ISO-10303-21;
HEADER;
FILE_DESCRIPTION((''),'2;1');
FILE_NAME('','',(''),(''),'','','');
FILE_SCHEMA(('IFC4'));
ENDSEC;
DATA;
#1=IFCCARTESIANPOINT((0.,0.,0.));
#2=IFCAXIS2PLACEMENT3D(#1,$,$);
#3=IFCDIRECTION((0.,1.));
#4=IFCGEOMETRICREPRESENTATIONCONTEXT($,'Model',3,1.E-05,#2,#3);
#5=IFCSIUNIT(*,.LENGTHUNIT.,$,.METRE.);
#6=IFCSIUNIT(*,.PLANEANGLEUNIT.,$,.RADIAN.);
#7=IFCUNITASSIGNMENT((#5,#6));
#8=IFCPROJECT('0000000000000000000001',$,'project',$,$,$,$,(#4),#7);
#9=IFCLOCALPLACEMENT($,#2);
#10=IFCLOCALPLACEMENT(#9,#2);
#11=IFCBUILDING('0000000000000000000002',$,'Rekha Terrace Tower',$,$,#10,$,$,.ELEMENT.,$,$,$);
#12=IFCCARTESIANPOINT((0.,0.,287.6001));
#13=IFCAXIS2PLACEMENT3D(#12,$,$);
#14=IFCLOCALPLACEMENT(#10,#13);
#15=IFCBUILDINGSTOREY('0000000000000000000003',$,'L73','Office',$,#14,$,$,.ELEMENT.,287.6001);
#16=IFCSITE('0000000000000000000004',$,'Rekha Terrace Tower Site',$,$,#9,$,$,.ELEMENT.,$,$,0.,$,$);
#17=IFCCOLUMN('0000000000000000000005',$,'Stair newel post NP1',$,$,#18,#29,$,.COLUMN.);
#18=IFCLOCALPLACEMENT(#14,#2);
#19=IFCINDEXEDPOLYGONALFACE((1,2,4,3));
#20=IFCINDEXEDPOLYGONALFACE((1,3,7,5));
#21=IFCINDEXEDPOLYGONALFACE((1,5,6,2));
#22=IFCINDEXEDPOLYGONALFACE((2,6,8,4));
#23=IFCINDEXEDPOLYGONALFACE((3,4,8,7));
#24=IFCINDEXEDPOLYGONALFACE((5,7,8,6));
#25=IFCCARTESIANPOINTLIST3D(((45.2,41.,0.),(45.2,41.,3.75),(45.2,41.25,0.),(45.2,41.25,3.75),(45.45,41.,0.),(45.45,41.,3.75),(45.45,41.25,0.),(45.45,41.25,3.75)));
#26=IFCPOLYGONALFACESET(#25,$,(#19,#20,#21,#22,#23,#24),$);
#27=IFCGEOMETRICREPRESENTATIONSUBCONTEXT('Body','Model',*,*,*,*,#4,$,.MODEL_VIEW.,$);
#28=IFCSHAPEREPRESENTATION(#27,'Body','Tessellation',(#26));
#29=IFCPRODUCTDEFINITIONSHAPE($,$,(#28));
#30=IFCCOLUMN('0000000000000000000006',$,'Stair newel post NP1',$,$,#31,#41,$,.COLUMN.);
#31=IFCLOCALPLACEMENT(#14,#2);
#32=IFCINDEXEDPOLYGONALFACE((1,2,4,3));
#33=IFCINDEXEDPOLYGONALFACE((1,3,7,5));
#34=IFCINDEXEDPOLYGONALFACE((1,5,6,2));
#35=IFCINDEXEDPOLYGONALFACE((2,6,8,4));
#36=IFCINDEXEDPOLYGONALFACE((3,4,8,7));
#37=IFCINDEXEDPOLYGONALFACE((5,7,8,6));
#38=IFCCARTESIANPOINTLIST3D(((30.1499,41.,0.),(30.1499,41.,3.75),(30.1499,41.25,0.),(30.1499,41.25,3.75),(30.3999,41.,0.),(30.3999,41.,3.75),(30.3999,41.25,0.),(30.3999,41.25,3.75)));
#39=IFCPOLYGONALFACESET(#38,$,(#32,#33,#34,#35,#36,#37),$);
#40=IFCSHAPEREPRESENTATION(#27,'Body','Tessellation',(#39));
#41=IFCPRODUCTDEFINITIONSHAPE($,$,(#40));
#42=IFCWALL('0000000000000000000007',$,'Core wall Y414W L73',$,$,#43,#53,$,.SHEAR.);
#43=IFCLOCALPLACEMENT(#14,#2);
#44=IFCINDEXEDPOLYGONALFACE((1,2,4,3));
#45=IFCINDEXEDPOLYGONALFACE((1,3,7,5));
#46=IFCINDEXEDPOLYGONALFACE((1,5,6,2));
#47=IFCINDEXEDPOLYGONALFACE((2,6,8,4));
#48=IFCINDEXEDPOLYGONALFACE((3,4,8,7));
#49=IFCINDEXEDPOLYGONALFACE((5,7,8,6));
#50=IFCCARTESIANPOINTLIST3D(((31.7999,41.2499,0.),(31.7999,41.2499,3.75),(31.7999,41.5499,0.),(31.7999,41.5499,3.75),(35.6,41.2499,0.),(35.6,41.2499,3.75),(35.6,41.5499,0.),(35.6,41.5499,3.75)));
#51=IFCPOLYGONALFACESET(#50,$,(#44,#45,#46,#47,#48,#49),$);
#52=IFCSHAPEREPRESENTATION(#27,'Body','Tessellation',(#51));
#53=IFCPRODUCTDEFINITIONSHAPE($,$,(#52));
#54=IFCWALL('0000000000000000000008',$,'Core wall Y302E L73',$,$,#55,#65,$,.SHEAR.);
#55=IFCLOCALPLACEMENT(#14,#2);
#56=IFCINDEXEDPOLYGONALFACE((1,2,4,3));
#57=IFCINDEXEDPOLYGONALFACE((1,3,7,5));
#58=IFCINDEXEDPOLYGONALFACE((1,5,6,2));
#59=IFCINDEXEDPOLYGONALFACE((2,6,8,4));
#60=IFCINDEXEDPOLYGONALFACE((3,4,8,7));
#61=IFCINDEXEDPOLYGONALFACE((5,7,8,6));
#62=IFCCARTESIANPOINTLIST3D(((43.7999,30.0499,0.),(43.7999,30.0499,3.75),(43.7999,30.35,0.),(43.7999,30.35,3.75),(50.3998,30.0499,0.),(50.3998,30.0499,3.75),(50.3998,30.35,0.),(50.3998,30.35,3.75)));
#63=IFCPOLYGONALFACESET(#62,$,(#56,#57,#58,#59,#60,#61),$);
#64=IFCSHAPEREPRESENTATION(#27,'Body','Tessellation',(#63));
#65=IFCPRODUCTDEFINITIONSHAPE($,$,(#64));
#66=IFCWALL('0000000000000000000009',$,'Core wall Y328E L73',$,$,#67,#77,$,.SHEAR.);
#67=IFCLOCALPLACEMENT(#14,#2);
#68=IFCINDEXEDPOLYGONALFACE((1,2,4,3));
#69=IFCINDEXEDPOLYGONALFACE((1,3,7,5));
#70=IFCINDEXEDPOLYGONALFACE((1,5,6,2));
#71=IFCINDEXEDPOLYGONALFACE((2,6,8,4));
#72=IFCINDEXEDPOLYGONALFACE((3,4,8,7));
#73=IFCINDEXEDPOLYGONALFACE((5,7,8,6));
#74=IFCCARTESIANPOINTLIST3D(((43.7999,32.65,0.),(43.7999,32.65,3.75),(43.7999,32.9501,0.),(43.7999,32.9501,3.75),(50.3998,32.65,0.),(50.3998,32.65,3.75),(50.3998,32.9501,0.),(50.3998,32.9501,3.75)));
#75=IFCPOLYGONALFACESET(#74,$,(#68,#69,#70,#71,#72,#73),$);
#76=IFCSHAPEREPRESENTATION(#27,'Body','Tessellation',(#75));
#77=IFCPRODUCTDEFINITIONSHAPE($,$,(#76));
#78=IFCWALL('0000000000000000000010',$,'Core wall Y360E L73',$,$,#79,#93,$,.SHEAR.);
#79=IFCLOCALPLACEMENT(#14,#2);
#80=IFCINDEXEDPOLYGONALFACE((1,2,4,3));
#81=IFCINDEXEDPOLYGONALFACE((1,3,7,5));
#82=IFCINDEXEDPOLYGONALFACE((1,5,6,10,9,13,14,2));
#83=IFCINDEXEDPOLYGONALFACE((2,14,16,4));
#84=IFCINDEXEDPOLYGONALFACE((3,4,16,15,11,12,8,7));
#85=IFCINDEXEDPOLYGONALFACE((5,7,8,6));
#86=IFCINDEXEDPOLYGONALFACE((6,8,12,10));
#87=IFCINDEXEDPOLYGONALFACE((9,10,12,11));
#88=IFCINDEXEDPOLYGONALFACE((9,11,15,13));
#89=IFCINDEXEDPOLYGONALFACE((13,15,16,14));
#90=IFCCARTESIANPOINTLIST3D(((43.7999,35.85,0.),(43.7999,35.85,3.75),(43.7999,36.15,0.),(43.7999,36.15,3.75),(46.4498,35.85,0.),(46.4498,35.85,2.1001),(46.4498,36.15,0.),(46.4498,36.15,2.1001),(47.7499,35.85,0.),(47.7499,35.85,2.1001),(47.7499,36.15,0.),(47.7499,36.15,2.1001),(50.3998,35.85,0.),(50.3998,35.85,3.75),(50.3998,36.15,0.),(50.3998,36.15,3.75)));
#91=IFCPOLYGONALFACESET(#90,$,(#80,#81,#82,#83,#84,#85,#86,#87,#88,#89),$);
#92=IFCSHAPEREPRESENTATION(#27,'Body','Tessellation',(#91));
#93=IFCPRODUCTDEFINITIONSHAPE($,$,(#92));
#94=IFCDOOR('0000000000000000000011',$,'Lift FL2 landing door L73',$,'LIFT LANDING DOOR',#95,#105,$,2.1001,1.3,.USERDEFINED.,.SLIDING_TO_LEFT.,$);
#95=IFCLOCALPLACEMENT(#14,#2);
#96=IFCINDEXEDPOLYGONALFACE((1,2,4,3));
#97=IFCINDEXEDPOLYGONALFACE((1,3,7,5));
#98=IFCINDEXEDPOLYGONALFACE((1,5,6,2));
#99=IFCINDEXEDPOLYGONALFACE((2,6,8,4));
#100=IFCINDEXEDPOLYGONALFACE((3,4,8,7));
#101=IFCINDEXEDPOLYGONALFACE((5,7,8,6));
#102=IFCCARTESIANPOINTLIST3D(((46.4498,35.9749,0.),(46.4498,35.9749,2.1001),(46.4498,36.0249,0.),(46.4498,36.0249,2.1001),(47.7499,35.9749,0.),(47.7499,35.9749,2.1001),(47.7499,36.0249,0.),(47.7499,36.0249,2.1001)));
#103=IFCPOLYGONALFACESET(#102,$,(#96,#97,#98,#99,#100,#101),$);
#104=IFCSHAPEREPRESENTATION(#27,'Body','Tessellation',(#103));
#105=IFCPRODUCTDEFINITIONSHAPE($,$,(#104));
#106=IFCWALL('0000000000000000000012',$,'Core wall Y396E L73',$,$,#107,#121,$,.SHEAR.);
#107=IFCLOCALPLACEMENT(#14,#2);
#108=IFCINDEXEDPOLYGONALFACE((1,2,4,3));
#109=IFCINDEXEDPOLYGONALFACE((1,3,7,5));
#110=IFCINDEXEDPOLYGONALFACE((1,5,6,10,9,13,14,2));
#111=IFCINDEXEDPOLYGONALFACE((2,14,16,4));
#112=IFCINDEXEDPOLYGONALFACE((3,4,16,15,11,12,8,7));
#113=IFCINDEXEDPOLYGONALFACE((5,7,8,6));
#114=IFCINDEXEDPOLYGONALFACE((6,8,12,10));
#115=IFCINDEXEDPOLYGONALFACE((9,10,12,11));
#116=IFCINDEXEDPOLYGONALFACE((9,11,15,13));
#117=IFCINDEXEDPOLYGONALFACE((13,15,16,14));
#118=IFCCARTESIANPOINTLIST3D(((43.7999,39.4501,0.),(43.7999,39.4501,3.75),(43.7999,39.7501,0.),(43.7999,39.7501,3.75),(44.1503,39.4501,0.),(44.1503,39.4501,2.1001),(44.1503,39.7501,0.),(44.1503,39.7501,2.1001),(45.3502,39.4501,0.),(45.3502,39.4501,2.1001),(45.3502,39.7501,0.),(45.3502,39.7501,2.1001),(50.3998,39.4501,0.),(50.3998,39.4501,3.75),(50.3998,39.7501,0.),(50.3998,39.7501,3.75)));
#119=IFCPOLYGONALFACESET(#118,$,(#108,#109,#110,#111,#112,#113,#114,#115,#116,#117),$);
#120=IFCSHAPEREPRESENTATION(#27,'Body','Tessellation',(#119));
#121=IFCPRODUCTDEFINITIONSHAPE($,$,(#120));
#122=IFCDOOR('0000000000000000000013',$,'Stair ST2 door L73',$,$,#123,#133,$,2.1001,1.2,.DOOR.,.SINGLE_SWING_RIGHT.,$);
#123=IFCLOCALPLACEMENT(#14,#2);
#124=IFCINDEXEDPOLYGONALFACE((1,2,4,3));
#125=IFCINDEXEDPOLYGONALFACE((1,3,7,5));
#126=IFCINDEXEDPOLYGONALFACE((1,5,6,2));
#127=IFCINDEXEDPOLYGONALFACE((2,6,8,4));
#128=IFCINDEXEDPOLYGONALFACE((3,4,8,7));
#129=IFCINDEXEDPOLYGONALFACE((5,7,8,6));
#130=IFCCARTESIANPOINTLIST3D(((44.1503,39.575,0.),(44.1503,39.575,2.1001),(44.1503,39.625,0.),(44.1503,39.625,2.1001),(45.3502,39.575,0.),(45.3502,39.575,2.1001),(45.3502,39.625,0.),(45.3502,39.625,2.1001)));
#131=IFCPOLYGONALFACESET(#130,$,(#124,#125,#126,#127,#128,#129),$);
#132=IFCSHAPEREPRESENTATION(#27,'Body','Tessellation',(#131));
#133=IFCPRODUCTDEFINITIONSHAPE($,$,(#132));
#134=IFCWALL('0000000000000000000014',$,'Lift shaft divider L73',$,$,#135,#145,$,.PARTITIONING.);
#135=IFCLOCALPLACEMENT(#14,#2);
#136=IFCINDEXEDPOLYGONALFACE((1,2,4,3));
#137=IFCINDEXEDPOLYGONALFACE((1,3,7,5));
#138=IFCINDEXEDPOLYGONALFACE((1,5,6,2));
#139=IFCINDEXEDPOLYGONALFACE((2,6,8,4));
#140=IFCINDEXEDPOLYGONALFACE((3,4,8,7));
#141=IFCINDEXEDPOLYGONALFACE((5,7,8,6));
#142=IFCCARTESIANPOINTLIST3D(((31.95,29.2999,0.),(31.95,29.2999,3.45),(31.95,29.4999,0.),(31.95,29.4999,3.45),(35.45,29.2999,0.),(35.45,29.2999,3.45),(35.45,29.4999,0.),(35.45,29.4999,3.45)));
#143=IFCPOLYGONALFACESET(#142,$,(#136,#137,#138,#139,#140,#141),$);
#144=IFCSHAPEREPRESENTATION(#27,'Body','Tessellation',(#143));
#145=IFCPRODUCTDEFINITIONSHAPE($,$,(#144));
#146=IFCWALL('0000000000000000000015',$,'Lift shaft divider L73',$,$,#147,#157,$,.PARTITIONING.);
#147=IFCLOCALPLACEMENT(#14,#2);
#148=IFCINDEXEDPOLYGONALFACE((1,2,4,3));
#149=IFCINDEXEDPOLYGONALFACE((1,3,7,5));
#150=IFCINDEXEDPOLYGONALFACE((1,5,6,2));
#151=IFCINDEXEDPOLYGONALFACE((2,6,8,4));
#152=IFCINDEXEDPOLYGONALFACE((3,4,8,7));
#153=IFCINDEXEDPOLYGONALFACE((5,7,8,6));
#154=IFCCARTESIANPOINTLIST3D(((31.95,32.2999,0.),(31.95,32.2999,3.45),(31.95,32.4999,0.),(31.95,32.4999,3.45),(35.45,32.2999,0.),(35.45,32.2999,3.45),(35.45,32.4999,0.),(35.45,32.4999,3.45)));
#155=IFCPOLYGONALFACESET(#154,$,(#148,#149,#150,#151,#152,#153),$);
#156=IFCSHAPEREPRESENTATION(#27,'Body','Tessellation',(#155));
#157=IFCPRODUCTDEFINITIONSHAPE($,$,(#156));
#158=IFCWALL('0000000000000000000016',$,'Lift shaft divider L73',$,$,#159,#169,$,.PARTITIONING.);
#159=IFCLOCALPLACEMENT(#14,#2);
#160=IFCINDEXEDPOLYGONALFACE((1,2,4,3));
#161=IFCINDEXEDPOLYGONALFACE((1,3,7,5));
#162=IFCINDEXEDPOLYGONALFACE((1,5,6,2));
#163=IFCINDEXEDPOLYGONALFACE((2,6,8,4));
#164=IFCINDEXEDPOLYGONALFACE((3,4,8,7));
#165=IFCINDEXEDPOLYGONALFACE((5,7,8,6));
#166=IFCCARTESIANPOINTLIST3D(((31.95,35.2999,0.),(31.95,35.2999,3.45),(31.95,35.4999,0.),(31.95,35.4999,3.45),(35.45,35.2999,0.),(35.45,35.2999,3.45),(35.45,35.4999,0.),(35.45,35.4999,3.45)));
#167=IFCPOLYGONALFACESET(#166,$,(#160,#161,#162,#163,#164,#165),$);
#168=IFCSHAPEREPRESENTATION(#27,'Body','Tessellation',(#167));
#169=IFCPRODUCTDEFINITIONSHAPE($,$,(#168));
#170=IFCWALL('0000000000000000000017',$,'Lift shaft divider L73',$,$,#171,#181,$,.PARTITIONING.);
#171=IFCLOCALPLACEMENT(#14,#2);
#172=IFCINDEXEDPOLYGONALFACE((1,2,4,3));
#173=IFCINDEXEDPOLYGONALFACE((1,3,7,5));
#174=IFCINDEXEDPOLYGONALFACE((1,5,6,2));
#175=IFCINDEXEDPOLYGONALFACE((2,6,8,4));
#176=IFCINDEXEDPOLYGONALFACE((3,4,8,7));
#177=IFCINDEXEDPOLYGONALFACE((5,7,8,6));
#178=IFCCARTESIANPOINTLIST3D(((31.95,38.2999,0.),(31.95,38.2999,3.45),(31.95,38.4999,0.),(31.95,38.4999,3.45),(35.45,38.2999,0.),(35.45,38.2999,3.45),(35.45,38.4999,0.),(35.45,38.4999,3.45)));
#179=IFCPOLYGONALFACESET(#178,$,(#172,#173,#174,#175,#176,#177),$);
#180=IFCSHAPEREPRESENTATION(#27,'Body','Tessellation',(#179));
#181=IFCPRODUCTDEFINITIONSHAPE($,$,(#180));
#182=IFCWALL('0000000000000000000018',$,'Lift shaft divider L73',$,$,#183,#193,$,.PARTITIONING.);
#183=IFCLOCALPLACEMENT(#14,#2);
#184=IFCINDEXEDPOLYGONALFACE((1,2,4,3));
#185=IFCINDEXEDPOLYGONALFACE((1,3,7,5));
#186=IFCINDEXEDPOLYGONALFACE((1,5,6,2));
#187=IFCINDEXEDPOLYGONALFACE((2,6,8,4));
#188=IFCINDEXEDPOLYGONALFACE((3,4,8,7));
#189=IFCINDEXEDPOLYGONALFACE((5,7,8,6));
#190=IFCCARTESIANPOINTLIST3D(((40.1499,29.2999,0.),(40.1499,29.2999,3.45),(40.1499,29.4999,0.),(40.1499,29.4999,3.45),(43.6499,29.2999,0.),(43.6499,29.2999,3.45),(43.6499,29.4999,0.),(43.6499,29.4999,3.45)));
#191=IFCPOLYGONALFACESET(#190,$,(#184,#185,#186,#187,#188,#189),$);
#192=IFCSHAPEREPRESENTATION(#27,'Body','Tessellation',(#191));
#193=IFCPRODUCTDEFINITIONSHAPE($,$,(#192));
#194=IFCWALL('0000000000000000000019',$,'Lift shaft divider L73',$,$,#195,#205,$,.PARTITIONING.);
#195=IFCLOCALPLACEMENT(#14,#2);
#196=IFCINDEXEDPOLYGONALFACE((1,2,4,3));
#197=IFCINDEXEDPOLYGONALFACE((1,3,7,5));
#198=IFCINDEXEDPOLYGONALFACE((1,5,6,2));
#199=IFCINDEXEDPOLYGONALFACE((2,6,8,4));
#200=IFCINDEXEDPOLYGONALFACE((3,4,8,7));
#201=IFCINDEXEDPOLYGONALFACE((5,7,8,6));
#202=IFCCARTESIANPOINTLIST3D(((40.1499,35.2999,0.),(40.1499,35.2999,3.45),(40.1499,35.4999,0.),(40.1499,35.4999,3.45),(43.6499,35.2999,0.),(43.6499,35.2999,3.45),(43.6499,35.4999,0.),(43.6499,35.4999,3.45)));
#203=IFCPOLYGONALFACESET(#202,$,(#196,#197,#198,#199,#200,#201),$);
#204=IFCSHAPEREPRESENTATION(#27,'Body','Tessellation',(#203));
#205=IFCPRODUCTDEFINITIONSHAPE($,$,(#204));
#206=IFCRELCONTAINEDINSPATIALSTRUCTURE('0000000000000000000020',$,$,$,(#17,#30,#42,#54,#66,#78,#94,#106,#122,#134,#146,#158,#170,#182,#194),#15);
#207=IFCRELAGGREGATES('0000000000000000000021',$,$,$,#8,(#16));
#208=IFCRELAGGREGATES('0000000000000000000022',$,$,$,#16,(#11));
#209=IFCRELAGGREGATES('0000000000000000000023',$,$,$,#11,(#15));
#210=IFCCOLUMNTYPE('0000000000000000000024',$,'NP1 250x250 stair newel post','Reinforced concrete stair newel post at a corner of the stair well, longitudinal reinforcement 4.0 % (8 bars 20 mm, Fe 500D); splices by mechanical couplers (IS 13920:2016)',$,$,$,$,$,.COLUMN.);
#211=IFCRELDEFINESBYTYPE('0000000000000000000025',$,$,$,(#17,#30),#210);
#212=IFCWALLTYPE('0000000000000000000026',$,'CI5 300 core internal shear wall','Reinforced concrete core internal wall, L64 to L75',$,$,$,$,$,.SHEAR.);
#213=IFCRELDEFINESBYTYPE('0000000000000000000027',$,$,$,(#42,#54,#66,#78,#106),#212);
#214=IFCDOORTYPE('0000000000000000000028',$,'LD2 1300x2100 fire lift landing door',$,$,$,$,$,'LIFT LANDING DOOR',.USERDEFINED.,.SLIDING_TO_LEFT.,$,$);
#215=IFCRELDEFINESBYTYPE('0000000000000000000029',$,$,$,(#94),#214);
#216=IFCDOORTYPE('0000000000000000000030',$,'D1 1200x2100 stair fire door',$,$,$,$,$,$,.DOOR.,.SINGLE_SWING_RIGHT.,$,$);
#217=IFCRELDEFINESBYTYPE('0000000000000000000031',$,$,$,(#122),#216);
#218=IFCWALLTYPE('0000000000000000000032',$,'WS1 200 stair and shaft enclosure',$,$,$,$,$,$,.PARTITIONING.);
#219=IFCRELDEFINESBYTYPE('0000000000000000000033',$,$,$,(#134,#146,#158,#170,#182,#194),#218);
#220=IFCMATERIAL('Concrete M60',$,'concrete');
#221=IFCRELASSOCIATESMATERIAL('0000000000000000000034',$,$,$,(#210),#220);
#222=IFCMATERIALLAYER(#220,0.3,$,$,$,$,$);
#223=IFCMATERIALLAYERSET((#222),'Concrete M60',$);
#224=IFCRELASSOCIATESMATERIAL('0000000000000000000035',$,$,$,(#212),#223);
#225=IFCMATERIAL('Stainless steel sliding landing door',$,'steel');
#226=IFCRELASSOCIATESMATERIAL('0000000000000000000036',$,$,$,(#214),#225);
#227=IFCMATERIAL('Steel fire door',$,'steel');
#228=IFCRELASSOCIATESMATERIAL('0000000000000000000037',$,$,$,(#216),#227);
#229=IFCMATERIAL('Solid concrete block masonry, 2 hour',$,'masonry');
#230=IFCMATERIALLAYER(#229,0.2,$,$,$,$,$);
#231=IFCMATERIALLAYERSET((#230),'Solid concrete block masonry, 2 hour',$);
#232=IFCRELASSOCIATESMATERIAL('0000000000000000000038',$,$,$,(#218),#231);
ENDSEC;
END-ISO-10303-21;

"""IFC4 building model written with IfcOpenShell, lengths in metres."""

from ifc_helpers import new_model, si_unit, direction, frame, frame_2d, origin, origin_2d, place, context, subcontext, project, spatial, rectangle, extrude, material, layer, layer_set, material_profile, profile_set, type_object, element, fill, save


model = new_model("IFC4")

# Units and contexts
model_context = context("Model", 3, precision=1e-05, world=origin(), true_north=direction((0.0, 1.0)))
body_context = subcontext(model_context, "Body", "Model", "MODEL_VIEW")
ifc_project = project(units=[si_unit("LENGTHUNIT", "METRE"), si_unit("PLANEANGLEUNIT", "RADIAN")], contexts=[model_context])

# Site, building, storey
site_placement = place(None, origin())
site = spatial("IfcSite", under=ifc_project, at=site_placement, Name="Rekha Terrace Tower Site", CompositionType="ELEMENT", RefElevation=0.0)
building_placement = place(site_placement, origin())
building = spatial("IfcBuilding", under=site, at=building_placement, Name="Rekha Terrace Tower", CompositionType="ELEMENT")
storey_placement = place(building_placement, frame((0.0, 0.0, 287.6001)))
storey = spatial("IfcBuildingStorey", under=building, at=storey_placement, Name="L73", Description="Office", CompositionType="ELEMENT", Elevation=287.6001)

# Columns
ifc_material_1 = material(Name="Concrete M60", Category="concrete")
ifc_material_profile = material_profile(ifc_material_1, rectangle(XDim=0.25, YDim=0.25, at=origin_2d()), Name="RC 250x250")
ifc_profile_set = profile_set([ifc_material_profile], Name="Concrete M60")
column_type = type_object("IfcColumnType", Name="NP1 250x250 stair newel post", Description="Reinforced concrete stair newel post at a corner of the stair well, longitudinal reinforcement 4.0 % (8 bars 20 mm, Fe 500D); splices by mechanical couplers (IS 13920:2016)", PredefinedType="COLUMN", material=ifc_profile_set)
for number, where, z_axis, x_axis, name in (
    (1, (45.325, 41.125, 0.0), (0.0, 0.0, 1.0), (1.0, 0.0, 0.0), "Stair newel post NP1"),
    (2, (30.2749, 41.125, 0.0), (0.0, 0.0, 1.0), (1.0, 0.0, 0.0), "Stair newel post NP1"),
):
    element("IfcColumn", number, at=place(storey_placement, frame(where, z_axis=z_axis, x_axis=x_axis)), inside=storey, type_object=column_type, Name=name, PredefinedType="COLUMN", context=body_context, shape_type="SweptSolid", body=[
        extrude(rectangle(XDim=0.25, YDim=0.25, at=origin_2d()), origin(), (0.0, 0.0, 1.0), 3.75),
    ])

# Walls
ifc_layer_1 = layer(ifc_material_1, 0.3)
ifc_layer_set_1 = layer_set([ifc_layer_1], Name="Concrete M60")
wall_type_1 = type_object("IfcWallType", Name="CI5 300 core internal shear wall", Description="Reinforced concrete core internal wall, L64 to L75", PredefinedType="SHEAR", material=ifc_layer_set_1)
wall_1_placement = place(storey_placement, frame((31.8, 41.3999, 0.0), z_axis=(0.0, 0.0, 1.0), x_axis=(1.0, 0.0, 0.0)))
element("IfcWall", 3, at=wall_1_placement, inside=storey, type_object=wall_type_1, Name="Core wall Y414W L73", PredefinedType="SHEAR", context=body_context, shape_type="SweptSolid", body=[
    extrude(rectangle(XDim=3.8, YDim=0.3, at=frame_2d((1.8999, 0.0))), origin(), (0.0, 0.0, 1.0), 3.75),
])
for number, where, z_axis, x_axis, name in (
    (4, (43.8, 30.2, 0.0), (0.0, 0.0, 1.0), (1.0, 0.0, 0.0), "Core wall Y302E L73"),
    (5, (43.8, 32.8, 0.0), (0.0, 0.0, 1.0), (1.0, 0.0, 0.0), "Core wall Y328E L73"),
):
    element("IfcWall", number, at=place(storey_placement, frame(where, z_axis=z_axis, x_axis=x_axis)), inside=storey, type_object=wall_type_1, Name=name, PredefinedType="SHEAR", context=body_context, shape_type="SweptSolid", body=[
        extrude(rectangle(XDim=6.5999, YDim=0.3, at=frame_2d((3.2998, 0.0))), origin(), (0.0, 0.0, 1.0), 3.75),
    ])

# Walls, openings, doors
wall_2_placement = place(storey_placement, frame((43.8, 36.0, 0.0), z_axis=(0.0, 0.0, 1.0), x_axis=(1.0, 0.0, 0.0)))
wall_2 = element("IfcWall", 6, at=wall_2_placement, inside=storey, type_object=wall_type_1, Name="Core wall Y360E L73", PredefinedType="SHEAR", context=body_context, shape_type="SweptSolid", body=[
    extrude(rectangle(XDim=6.5999, YDim=0.3, at=frame_2d((3.2998, 0.0))), origin(), (0.0, 0.0, 1.0), 3.75),
])
opening_1_placement = place(wall_2_placement, frame((2.6499, 0.0, 0.0)))
opening_1 = element("IfcOpeningElement", 7, at=opening_1_placement, cuts=wall_2, PredefinedType="OPENING", context=body_context, shape_type="SweptSolid", body=[
    extrude(rectangle(XDim=1.3, YDim=2.1001, at=frame_2d((0.6499, 1.05))), frame((0.0, 0.1599, 0.0), z_axis=(0.0, -1.0, 0.0), x_axis=(1.0, 0.0, 0.0)), (0.0, 0.0, 1.0), 0.3201),
])
ifc_material_2 = material(Name="Stainless steel sliding landing door", Category="steel")
door_type_1 = type_object("IfcDoorType", Name="LD2 1300x2100 fire lift landing door", ElementType="LIFT LANDING DOOR", OperationType="SLIDING_TO_LEFT", PredefinedType="USERDEFINED", material=ifc_material_2)
door_1_placement = place(opening_1_placement, origin())
door_1 = element("IfcDoor", 8, at=door_1_placement, inside=storey, type_object=door_type_1, Name="Lift FL2 landing door L73", ObjectType="LIFT LANDING DOOR", OperationType="SLIDING_TO_LEFT", OverallHeight=2.1001, OverallWidth=1.3, PredefinedType="USERDEFINED", context=body_context, shape_type="SweptSolid", body=[
    extrude(rectangle(XDim=1.3, YDim=2.1001, at=frame_2d((0.6499, 1.05))), frame((0.0, 0.0249, 0.0), z_axis=(0.0, -1.0, 0.0), x_axis=(1.0, 0.0, 0.0)), (0.0, 0.0, 1.0), 0.05),
])
fill(opening_1, door_1)
wall_3_placement = place(storey_placement, frame((43.8, 39.6001, 0.0), z_axis=(0.0, 0.0, 1.0), x_axis=(1.0, 0.0, 0.0)))
wall_3 = element("IfcWall", 9, at=wall_3_placement, inside=storey, type_object=wall_type_1, Name="Core wall Y396E L73", PredefinedType="SHEAR", context=body_context, shape_type="SweptSolid", body=[
    extrude(rectangle(XDim=6.5999, YDim=0.3, at=frame_2d((3.2998, 0.0))), origin(), (0.0, 0.0, 1.0), 3.75),
])
opening_2_placement = place(wall_3_placement, frame((0.3501, 0.0, 0.0)))
opening_2 = element("IfcOpeningElement", 10, at=opening_2_placement, cuts=wall_3, PredefinedType="OPENING", context=body_context, shape_type="SweptSolid", body=[
    extrude(rectangle(XDim=1.2, YDim=2.1001, at=frame_2d((0.6001, 1.05))), frame((0.0, 0.1599, 0.0), z_axis=(0.0, -1.0, 0.0), x_axis=(1.0, 0.0, 0.0)), (0.0, 0.0, 1.0), 0.3201),
])
ifc_material_3 = material(Name="Steel fire door", Category="steel")
door_type_2 = type_object("IfcDoorType", Name="D1 1200x2100 stair fire door", OperationType="SINGLE_SWING_RIGHT", PredefinedType="DOOR", material=ifc_material_3)
door_2_placement = place(opening_2_placement, origin())
door_2 = element("IfcDoor", 11, at=door_2_placement, inside=storey, type_object=door_type_2, Name="Stair ST2 door L73", OperationType="SINGLE_SWING_RIGHT", OverallHeight=2.1001, OverallWidth=1.2, PredefinedType="DOOR", context=body_context, shape_type="SweptSolid", body=[
    extrude(rectangle(XDim=1.2, YDim=2.1001, at=frame_2d((0.6001, 1.05))), frame((0.0, 0.0249, 0.0), z_axis=(0.0, -1.0, 0.0), x_axis=(1.0, 0.0, 0.0)), (0.0, 0.0, 1.0), 0.05),
])
fill(opening_2, door_2)

# Walls
ifc_material_4 = material(Name="Solid concrete block masonry, 2 hour", Category="masonry")
ifc_layer_2 = layer(ifc_material_4, 0.2)
ifc_layer_set_2 = layer_set([ifc_layer_2], Name="Solid concrete block masonry, 2 hour")
wall_type_2 = type_object("IfcWallType", Name="WS1 200 stair and shaft enclosure", PredefinedType="PARTITIONING", material=ifc_layer_set_2)
for number, where, z_axis, x_axis, name in (
    (12, (31.95, 29.3999, 0.0), (0.0, 0.0, 1.0), (1.0, 0.0, 0.0), "Lift shaft divider L73"),
    (13, (31.95, 32.3999, 0.0), (0.0, 0.0, 1.0), (1.0, 0.0, 0.0), "Lift shaft divider L73"),
    (14, (31.95, 35.3999, 0.0), (0.0, 0.0, 1.0), (1.0, 0.0, 0.0), "Lift shaft divider L73"),
    (15, (31.95, 38.3999, 0.0), (0.0, 0.0, 1.0), (1.0, 0.0, 0.0), "Lift shaft divider L73"),
    (16, (40.1499, 29.3999, 0.0), (0.0, 0.0, 1.0), (1.0, 0.0, 0.0), "Lift shaft divider L73"),
    (17, (40.1499, 35.3999, 0.0), (0.0, 0.0, 1.0), (1.0, 0.0, 0.0), "Lift shaft divider L73"),
):
    element("IfcWall", number, at=place(storey_placement, frame(where, z_axis=z_axis, x_axis=x_axis)), inside=storey, type_object=wall_type_2, Name=name, PredefinedType="PARTITIONING", context=body_context, shape_type="SweptSolid", body=[
        extrude(rectangle(XDim=3.5, YDim=0.2, at=frame_2d((1.75, 0.0))), origin(), (0.0, 0.0, 1.0), 3.45),
    ])

save(model, "model.ifc")
